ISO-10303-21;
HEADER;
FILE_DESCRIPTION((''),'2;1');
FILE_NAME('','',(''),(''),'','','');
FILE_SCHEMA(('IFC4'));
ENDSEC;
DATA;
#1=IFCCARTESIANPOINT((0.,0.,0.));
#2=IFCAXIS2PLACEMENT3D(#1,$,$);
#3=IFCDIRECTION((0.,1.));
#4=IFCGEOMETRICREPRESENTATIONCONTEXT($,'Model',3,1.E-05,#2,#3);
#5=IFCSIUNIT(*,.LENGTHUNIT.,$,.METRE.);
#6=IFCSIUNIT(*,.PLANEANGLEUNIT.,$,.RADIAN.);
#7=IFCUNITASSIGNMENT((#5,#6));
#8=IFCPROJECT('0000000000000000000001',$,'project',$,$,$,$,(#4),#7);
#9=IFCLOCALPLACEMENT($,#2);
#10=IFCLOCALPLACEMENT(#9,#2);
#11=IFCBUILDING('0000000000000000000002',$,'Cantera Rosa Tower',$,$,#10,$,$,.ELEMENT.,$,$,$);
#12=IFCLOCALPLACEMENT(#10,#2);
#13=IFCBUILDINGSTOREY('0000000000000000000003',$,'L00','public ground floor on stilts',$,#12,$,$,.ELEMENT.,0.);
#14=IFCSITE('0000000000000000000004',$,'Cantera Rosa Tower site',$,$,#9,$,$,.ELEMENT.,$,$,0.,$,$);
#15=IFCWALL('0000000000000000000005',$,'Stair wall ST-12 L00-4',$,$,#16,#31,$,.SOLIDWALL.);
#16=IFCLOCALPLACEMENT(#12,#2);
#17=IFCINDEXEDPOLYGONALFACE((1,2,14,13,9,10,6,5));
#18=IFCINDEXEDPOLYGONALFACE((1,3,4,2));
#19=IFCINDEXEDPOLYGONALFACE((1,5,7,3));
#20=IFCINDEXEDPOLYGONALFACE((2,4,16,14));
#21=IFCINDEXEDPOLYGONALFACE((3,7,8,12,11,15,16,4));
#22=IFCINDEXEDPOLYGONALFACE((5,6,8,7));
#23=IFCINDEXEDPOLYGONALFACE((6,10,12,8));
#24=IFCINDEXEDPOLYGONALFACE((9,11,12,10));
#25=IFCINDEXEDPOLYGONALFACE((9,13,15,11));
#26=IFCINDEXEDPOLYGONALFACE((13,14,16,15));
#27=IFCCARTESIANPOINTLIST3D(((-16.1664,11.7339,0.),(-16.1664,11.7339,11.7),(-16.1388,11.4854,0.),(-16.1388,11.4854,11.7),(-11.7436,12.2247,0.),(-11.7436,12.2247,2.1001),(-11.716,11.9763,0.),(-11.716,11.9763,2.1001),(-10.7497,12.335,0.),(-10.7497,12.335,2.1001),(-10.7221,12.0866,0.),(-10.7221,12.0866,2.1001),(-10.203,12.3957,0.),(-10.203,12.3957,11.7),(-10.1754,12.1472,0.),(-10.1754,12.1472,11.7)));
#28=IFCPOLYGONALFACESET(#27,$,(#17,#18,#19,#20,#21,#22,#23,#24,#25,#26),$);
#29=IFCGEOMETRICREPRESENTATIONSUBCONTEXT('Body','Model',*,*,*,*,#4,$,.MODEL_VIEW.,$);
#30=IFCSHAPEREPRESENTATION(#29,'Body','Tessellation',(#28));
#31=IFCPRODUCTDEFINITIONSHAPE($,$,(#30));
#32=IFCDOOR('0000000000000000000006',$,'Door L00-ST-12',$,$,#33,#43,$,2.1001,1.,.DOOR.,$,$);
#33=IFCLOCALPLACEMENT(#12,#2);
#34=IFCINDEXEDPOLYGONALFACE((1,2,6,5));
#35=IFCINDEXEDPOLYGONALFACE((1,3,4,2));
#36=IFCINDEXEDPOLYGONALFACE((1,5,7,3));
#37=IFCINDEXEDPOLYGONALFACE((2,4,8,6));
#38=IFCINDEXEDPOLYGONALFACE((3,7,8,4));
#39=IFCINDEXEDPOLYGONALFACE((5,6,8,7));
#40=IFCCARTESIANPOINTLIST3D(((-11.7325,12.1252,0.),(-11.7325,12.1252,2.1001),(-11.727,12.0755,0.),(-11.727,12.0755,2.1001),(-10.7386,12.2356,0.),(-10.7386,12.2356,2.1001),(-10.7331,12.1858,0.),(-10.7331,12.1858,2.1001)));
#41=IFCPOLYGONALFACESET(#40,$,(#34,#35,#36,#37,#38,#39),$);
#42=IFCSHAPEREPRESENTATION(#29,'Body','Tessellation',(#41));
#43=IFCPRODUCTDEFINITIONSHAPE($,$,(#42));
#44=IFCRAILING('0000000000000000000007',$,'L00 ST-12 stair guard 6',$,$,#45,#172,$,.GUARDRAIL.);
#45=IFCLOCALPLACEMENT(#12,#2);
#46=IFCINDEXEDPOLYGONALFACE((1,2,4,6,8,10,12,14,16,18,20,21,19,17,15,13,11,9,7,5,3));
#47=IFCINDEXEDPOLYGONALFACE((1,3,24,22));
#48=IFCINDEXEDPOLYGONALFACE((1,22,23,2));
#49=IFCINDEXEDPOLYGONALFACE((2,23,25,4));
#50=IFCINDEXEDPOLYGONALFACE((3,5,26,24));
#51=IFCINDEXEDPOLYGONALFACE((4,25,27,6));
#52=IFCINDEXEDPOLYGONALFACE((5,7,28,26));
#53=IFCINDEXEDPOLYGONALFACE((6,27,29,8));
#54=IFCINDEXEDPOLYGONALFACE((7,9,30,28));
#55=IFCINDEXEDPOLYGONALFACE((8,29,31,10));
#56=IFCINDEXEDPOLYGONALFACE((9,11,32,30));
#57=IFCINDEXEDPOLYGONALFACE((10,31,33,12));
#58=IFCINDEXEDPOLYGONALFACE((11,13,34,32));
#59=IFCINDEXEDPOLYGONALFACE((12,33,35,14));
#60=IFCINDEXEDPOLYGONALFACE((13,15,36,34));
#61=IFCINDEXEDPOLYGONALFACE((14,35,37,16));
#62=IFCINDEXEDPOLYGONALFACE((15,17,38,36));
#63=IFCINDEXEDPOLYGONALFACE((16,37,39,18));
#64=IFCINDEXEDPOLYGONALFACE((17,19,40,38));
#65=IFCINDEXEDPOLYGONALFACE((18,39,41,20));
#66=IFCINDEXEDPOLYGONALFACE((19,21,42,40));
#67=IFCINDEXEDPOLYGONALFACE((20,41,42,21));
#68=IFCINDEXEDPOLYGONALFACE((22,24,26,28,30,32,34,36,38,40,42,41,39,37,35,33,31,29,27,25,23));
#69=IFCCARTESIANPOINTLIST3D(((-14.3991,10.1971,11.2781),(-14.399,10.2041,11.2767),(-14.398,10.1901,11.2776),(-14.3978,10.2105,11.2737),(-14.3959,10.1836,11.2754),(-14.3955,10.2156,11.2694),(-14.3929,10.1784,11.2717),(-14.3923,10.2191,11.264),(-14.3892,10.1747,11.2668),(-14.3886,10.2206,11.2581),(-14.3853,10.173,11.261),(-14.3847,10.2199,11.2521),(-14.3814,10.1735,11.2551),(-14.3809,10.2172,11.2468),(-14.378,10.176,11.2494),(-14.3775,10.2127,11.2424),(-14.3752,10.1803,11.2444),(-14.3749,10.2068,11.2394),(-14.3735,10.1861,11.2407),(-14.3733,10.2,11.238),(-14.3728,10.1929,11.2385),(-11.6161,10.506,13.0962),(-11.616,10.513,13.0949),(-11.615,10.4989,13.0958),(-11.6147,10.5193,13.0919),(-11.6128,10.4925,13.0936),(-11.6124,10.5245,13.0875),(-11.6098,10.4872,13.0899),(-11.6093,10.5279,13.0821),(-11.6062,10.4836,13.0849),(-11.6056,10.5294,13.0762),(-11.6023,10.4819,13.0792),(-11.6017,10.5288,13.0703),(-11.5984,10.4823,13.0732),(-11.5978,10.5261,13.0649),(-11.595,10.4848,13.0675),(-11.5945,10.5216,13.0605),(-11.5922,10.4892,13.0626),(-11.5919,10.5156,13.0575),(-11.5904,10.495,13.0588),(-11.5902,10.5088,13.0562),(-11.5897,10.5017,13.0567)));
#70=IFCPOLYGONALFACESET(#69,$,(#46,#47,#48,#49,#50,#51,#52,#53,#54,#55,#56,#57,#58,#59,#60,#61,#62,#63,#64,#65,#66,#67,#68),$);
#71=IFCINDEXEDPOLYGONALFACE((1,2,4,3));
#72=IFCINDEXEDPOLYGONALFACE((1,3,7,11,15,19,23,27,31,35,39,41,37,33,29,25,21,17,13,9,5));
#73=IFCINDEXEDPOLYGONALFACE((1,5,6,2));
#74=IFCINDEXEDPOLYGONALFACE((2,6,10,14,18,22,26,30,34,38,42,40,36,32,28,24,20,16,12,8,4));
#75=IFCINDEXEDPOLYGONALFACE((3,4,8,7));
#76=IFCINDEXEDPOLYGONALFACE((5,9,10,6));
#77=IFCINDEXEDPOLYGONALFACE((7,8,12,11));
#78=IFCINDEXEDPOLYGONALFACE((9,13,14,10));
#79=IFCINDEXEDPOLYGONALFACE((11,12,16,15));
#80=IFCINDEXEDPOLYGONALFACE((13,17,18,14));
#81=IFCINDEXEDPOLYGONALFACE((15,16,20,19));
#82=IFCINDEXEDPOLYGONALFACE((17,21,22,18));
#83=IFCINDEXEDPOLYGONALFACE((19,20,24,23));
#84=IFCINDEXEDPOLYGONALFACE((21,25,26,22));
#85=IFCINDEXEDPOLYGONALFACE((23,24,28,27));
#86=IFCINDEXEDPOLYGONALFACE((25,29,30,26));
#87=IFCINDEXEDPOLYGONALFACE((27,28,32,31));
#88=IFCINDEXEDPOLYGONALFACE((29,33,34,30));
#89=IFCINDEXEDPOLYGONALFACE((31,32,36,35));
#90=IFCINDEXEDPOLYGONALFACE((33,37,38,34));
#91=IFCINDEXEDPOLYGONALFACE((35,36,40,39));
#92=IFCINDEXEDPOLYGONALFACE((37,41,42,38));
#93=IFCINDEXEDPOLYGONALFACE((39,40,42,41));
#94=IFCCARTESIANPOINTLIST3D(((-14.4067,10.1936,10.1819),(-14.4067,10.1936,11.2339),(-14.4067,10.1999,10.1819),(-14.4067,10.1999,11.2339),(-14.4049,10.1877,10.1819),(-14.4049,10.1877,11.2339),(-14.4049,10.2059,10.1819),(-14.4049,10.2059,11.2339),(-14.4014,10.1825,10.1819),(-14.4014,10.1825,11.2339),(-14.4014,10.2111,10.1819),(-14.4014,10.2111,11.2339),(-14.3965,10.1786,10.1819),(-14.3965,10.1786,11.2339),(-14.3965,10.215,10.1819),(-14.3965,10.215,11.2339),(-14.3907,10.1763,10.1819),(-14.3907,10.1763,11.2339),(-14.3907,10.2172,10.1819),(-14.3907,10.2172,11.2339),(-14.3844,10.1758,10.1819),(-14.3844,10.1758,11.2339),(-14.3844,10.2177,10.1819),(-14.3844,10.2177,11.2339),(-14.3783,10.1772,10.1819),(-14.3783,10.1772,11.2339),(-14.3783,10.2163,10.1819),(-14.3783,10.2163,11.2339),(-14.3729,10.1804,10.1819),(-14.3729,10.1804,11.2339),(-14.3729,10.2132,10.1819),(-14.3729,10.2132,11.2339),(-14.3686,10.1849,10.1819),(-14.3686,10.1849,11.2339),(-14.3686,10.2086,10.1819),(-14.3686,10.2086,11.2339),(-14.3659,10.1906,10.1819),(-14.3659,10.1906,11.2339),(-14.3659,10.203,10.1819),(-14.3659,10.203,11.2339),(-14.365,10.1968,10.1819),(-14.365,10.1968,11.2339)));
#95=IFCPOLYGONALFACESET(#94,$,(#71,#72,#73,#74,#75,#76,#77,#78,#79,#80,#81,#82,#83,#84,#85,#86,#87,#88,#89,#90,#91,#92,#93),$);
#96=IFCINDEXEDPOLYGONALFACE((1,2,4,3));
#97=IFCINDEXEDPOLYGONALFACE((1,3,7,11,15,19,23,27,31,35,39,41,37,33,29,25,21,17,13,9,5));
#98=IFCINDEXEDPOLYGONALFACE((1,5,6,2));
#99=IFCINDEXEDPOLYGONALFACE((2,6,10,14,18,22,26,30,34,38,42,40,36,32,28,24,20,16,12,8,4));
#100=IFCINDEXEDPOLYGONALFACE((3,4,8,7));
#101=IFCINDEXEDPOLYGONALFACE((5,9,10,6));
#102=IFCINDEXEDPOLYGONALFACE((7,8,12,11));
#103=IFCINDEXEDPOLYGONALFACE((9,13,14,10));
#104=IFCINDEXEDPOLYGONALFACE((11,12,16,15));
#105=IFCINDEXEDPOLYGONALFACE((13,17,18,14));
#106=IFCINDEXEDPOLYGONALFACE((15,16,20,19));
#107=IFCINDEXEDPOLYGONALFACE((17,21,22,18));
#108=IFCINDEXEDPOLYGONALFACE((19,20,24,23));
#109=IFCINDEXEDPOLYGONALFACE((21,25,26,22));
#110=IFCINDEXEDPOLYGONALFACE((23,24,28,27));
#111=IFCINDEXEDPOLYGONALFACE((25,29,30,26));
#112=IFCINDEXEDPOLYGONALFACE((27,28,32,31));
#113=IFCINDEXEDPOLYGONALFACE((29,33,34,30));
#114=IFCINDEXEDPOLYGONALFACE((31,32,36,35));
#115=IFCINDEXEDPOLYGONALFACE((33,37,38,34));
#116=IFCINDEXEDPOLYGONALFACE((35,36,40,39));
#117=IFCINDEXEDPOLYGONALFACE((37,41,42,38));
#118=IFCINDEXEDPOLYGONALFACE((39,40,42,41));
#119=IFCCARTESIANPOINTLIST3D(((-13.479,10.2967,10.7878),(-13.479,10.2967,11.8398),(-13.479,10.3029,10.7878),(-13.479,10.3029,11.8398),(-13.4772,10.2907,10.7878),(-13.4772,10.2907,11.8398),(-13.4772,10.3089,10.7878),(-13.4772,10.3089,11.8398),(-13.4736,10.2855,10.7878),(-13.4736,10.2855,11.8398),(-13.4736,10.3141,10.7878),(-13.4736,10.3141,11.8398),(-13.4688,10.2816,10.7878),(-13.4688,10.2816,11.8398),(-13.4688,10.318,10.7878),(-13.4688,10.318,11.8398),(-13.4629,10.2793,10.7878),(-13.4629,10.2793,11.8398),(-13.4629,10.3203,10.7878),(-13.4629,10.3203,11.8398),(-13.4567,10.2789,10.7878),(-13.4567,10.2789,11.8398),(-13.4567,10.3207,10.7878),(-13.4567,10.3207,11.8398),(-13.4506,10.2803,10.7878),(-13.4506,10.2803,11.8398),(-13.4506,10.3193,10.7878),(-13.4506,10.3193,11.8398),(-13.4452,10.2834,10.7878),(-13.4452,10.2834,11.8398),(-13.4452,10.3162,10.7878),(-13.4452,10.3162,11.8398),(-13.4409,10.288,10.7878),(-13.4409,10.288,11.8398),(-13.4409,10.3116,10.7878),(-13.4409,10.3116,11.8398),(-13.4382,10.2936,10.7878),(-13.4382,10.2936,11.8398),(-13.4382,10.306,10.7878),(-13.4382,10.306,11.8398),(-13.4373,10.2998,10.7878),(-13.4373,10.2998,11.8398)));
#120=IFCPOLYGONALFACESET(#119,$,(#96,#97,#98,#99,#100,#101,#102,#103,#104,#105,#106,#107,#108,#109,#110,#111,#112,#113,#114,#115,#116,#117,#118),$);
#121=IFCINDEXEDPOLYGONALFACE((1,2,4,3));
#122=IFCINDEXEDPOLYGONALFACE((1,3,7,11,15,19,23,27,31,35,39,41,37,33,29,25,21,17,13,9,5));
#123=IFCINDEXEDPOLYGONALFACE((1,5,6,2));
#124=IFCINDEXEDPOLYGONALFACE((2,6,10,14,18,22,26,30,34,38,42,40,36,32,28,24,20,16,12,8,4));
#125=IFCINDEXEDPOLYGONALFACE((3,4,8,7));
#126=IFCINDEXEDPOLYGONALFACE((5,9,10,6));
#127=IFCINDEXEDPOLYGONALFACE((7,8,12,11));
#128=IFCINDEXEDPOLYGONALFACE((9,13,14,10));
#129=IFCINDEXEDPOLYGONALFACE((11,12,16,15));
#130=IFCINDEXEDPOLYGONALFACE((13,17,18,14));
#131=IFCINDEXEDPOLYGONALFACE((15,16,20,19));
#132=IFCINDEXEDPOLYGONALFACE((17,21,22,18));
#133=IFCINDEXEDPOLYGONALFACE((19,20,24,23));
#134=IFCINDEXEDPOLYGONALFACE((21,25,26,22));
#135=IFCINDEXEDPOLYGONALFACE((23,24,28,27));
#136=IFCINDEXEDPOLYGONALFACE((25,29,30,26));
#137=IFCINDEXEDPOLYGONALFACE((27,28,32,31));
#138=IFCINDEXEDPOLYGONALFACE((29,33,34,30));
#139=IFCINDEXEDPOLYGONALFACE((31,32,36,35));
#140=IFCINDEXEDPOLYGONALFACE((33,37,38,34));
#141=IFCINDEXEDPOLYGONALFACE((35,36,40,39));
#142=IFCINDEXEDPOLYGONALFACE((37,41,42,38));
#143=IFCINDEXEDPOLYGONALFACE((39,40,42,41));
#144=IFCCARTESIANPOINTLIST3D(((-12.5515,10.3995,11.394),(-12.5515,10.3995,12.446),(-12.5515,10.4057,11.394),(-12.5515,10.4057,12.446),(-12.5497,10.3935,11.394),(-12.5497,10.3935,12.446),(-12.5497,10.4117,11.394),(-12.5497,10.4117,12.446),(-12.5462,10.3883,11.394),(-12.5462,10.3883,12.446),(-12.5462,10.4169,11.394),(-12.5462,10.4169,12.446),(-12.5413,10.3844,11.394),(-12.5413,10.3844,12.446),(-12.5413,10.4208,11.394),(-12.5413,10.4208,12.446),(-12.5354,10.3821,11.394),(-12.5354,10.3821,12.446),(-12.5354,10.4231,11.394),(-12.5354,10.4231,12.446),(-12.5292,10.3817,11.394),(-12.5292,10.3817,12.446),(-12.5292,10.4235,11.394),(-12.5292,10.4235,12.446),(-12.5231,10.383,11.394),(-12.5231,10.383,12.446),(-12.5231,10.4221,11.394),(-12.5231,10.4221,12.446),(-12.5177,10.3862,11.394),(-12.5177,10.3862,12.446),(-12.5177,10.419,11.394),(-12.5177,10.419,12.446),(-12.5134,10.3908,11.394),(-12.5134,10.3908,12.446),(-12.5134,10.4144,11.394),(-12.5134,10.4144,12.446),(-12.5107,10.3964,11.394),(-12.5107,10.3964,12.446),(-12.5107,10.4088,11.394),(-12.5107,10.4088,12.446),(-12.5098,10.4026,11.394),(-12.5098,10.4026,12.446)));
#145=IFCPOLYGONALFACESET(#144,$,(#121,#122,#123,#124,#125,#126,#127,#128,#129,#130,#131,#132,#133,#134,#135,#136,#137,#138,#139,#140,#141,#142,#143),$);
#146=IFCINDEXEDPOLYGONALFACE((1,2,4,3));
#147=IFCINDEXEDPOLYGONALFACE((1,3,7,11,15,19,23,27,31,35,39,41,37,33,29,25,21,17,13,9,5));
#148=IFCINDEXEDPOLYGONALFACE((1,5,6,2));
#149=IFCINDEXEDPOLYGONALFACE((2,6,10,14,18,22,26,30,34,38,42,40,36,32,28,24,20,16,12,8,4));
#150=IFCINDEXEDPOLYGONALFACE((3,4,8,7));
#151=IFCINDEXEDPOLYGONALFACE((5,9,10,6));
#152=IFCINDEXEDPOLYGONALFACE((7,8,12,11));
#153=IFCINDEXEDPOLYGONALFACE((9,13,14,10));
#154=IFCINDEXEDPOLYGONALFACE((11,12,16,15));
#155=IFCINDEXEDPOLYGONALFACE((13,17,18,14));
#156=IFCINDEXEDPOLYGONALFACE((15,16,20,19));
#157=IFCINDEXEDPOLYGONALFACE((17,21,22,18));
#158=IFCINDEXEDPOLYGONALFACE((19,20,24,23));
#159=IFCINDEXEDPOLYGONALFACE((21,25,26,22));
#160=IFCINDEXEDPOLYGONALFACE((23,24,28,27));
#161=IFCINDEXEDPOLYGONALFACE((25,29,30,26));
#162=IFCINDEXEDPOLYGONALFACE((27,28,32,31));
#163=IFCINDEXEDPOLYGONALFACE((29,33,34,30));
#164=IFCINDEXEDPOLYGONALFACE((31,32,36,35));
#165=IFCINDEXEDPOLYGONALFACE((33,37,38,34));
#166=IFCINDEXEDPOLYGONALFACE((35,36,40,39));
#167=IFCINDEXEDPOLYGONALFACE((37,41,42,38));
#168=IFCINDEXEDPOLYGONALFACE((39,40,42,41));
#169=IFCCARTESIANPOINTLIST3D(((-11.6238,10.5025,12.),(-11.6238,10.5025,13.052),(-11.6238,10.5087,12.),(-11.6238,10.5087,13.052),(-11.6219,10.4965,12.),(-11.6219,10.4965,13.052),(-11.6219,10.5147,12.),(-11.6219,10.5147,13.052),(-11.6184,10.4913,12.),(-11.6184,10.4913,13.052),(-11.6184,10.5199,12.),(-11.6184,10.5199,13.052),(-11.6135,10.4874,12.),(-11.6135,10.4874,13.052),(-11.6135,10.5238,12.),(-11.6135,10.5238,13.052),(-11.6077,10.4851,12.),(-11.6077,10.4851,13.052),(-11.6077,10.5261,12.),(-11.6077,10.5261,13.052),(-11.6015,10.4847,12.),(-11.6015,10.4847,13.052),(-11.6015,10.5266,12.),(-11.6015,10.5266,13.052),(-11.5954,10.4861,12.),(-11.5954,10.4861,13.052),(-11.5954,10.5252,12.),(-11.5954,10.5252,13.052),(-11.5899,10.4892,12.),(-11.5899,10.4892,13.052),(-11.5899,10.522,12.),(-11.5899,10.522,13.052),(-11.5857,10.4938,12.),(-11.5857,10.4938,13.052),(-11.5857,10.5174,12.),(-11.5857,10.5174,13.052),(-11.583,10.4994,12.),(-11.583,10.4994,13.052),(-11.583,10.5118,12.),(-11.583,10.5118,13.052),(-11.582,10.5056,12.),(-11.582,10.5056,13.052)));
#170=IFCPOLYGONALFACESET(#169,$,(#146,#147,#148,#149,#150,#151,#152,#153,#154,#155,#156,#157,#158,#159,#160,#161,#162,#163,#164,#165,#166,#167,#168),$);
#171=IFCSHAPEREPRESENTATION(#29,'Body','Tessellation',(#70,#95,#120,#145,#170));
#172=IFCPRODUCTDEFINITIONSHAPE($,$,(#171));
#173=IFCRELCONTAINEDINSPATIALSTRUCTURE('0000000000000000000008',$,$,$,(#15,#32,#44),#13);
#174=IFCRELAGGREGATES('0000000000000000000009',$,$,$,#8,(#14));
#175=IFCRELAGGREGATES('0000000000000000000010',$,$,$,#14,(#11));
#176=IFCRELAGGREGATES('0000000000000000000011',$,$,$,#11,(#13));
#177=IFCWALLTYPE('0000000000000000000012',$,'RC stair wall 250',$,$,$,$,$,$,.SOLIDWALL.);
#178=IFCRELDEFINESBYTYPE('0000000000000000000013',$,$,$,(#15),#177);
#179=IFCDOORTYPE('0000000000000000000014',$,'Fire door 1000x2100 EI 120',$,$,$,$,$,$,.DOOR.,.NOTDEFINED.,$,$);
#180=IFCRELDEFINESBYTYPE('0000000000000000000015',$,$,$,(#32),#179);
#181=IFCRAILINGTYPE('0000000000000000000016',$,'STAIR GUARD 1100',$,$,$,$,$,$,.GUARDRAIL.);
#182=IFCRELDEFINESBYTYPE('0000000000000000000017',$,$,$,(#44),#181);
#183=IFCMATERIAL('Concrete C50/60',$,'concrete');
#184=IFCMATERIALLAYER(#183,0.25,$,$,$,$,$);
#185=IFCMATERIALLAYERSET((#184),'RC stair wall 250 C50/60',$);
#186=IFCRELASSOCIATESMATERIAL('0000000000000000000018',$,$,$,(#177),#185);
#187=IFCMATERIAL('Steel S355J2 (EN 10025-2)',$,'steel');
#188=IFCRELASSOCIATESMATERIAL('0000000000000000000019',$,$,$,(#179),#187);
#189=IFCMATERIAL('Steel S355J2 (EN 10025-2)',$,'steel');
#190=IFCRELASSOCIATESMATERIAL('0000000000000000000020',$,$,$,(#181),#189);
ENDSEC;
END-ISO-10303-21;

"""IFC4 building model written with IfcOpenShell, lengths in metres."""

from ifc_helpers import new_model, si_unit, direction, frame, frame_2d, origin, origin_2d, place, context, subcontext, project, spatial, rectangle, circle, extrude, material, layer, layer_set, type_object, element, fill, save


model = new_model("IFC4")

# Units and contexts
model_context = context("Model", 3, precision=1e-05, world=origin(), true_north=direction((0.0, 1.0)))
body_context = subcontext(model_context, "Body", "Model", "MODEL_VIEW")
ifc_project = project(units=[si_unit("LENGTHUNIT", "METRE"), si_unit("PLANEANGLEUNIT", "RADIAN")], contexts=[model_context])

# Site, building, storey
site_placement = place(None, origin())
site = spatial("IfcSite", under=ifc_project, at=site_placement, Name="Cantera Rosa Tower site", CompositionType="ELEMENT", RefElevation=0.0)
building_placement = place(site_placement, origin())
building = spatial("IfcBuilding", under=site, at=building_placement, Name="Cantera Rosa Tower", CompositionType="ELEMENT")
storey_placement = place(building_placement, origin())
storey = spatial("IfcBuildingStorey", under=building, at=storey_placement, Name="L00", Description="public ground floor on stilts", CompositionType="ELEMENT", Elevation=0.0)

# Shared definitions
ifc_material_1 = material(Name="Concrete C50/60", Category="concrete")
ifc_layer_1 = layer(ifc_material_1, 0.25)
ifc_layer_set_1 = layer_set([ifc_layer_1], Name="RC stair wall 250 C50/60")
wall_type_1 = type_object("IfcWallType", Name="RC stair wall 250", PredefinedType="SOLIDWALL", material=ifc_layer_set_1)

# Wall, opening, door
wall_1_placement = place(storey_placement, frame((-16.1526, 11.6096, 0.0), z_axis=(0.0, 0.0, 1.0), x_axis=(0.993897, 0.110311, 0.0)))
wall_1 = element("IfcWall", 1, at=wall_1_placement, inside=storey, type_object=wall_type_1, Name="Stair wall ST-12 L00-4", PredefinedType="SOLIDWALL", context=body_context, shape_type="SweptSolid", body=[
    extrude(rectangle(XDim=6.0, YDim=0.25, at=frame_2d((3.0, 0.0))), origin(), (0.0, 0.0, 1.0), 11.7),
])
opening_1_placement = place(wall_1_placement, frame((4.45, 0.0, 0.0)))
opening_1 = element("IfcOpeningElement", 2, at=opening_1_placement, cuts=wall_1, PredefinedType="OPENING", context=body_context, shape_type="SweptSolid", body=[
    extrude(rectangle(XDim=1.0, YDim=2.1001, at=frame_2d((0.5, 1.05))), frame((0.0, 0.135, 0.0), z_axis=(0.0, -1.0, 0.0), x_axis=(1.0, 0.0, 0.0)), (0.0, 0.0, 1.0), 0.27),
])
ifc_material_2 = material(Name="Steel S355J2 (EN 10025-2)", Category="steel")
door_type_1 = type_object("IfcDoorType", Name="Fire door 1000x2100 EI 120", OperationType="NOTDEFINED", PredefinedType="DOOR", material=ifc_material_2)
door_1_placement = place(opening_1_placement, origin())
door_1 = element("IfcDoor", 3, at=door_1_placement, inside=storey, type_object=door_type_1, Name="Door L00-ST-12", OverallHeight=2.1001, OverallWidth=1.0, PredefinedType="DOOR", context=body_context, shape_type="SweptSolid", body=[
    extrude(rectangle(XDim=1.0, YDim=2.1001, at=frame_2d((0.5, 1.05))), frame((0.0, 0.0249, 0.0), z_axis=(0.0, -1.0, 0.0), x_axis=(1.0, 0.0, 0.0)), (0.0, 0.0, 1.0), 0.05),
])
fill(opening_1, door_1)

# Railing
ifc_material_3 = material(Name="Steel S355J2 (EN 10025-2)", Category="steel")
railing_type = type_object("IfcRailingType", Name="STAIR GUARD 1100", PredefinedType="GUARDRAIL", material=ifc_material_3)
railing_placement = place(storey_placement, frame((-14.386, 10.1968, 10.1819)))
element("IfcRailing", 4, at=railing_placement, inside=storey, type_object=railing_type, Name="L00 ST-12 stair guard 6", PredefinedType="GUARDRAIL", context=body_context, shape_type="SweptSolid", body=[
    extrude(circle(Radius=0.0239, at=origin_2d()), frame((0.0, 0.0, 1.0762), z_axis=(0.833588, 0.092507, 0.544586), x_axis=(-0.110298, 0.993899, 0.0)), (0.0, 0.0, 1.0), 3.3386),
    extrude(circle(Radius=0.021, at=origin_2d()), origin(), (0.0, 0.0, 1.0), 1.052),
    extrude(circle(Radius=0.021, at=origin_2d()), frame((0.9277, 0.103, 0.606)), (0.0, 0.0, 1.0), 1.052),
    extrude(circle(Radius=0.021, at=origin_2d()), frame((1.8552, 0.2058, 1.2122)), (0.0, 0.0, 1.0), 1.052),
    extrude(circle(Radius=0.021, at=origin_2d()), frame((2.783, 0.3088, 1.8181)), (0.0, 0.0, 1.0), 1.052),
])

save(model, "model.ifc")
